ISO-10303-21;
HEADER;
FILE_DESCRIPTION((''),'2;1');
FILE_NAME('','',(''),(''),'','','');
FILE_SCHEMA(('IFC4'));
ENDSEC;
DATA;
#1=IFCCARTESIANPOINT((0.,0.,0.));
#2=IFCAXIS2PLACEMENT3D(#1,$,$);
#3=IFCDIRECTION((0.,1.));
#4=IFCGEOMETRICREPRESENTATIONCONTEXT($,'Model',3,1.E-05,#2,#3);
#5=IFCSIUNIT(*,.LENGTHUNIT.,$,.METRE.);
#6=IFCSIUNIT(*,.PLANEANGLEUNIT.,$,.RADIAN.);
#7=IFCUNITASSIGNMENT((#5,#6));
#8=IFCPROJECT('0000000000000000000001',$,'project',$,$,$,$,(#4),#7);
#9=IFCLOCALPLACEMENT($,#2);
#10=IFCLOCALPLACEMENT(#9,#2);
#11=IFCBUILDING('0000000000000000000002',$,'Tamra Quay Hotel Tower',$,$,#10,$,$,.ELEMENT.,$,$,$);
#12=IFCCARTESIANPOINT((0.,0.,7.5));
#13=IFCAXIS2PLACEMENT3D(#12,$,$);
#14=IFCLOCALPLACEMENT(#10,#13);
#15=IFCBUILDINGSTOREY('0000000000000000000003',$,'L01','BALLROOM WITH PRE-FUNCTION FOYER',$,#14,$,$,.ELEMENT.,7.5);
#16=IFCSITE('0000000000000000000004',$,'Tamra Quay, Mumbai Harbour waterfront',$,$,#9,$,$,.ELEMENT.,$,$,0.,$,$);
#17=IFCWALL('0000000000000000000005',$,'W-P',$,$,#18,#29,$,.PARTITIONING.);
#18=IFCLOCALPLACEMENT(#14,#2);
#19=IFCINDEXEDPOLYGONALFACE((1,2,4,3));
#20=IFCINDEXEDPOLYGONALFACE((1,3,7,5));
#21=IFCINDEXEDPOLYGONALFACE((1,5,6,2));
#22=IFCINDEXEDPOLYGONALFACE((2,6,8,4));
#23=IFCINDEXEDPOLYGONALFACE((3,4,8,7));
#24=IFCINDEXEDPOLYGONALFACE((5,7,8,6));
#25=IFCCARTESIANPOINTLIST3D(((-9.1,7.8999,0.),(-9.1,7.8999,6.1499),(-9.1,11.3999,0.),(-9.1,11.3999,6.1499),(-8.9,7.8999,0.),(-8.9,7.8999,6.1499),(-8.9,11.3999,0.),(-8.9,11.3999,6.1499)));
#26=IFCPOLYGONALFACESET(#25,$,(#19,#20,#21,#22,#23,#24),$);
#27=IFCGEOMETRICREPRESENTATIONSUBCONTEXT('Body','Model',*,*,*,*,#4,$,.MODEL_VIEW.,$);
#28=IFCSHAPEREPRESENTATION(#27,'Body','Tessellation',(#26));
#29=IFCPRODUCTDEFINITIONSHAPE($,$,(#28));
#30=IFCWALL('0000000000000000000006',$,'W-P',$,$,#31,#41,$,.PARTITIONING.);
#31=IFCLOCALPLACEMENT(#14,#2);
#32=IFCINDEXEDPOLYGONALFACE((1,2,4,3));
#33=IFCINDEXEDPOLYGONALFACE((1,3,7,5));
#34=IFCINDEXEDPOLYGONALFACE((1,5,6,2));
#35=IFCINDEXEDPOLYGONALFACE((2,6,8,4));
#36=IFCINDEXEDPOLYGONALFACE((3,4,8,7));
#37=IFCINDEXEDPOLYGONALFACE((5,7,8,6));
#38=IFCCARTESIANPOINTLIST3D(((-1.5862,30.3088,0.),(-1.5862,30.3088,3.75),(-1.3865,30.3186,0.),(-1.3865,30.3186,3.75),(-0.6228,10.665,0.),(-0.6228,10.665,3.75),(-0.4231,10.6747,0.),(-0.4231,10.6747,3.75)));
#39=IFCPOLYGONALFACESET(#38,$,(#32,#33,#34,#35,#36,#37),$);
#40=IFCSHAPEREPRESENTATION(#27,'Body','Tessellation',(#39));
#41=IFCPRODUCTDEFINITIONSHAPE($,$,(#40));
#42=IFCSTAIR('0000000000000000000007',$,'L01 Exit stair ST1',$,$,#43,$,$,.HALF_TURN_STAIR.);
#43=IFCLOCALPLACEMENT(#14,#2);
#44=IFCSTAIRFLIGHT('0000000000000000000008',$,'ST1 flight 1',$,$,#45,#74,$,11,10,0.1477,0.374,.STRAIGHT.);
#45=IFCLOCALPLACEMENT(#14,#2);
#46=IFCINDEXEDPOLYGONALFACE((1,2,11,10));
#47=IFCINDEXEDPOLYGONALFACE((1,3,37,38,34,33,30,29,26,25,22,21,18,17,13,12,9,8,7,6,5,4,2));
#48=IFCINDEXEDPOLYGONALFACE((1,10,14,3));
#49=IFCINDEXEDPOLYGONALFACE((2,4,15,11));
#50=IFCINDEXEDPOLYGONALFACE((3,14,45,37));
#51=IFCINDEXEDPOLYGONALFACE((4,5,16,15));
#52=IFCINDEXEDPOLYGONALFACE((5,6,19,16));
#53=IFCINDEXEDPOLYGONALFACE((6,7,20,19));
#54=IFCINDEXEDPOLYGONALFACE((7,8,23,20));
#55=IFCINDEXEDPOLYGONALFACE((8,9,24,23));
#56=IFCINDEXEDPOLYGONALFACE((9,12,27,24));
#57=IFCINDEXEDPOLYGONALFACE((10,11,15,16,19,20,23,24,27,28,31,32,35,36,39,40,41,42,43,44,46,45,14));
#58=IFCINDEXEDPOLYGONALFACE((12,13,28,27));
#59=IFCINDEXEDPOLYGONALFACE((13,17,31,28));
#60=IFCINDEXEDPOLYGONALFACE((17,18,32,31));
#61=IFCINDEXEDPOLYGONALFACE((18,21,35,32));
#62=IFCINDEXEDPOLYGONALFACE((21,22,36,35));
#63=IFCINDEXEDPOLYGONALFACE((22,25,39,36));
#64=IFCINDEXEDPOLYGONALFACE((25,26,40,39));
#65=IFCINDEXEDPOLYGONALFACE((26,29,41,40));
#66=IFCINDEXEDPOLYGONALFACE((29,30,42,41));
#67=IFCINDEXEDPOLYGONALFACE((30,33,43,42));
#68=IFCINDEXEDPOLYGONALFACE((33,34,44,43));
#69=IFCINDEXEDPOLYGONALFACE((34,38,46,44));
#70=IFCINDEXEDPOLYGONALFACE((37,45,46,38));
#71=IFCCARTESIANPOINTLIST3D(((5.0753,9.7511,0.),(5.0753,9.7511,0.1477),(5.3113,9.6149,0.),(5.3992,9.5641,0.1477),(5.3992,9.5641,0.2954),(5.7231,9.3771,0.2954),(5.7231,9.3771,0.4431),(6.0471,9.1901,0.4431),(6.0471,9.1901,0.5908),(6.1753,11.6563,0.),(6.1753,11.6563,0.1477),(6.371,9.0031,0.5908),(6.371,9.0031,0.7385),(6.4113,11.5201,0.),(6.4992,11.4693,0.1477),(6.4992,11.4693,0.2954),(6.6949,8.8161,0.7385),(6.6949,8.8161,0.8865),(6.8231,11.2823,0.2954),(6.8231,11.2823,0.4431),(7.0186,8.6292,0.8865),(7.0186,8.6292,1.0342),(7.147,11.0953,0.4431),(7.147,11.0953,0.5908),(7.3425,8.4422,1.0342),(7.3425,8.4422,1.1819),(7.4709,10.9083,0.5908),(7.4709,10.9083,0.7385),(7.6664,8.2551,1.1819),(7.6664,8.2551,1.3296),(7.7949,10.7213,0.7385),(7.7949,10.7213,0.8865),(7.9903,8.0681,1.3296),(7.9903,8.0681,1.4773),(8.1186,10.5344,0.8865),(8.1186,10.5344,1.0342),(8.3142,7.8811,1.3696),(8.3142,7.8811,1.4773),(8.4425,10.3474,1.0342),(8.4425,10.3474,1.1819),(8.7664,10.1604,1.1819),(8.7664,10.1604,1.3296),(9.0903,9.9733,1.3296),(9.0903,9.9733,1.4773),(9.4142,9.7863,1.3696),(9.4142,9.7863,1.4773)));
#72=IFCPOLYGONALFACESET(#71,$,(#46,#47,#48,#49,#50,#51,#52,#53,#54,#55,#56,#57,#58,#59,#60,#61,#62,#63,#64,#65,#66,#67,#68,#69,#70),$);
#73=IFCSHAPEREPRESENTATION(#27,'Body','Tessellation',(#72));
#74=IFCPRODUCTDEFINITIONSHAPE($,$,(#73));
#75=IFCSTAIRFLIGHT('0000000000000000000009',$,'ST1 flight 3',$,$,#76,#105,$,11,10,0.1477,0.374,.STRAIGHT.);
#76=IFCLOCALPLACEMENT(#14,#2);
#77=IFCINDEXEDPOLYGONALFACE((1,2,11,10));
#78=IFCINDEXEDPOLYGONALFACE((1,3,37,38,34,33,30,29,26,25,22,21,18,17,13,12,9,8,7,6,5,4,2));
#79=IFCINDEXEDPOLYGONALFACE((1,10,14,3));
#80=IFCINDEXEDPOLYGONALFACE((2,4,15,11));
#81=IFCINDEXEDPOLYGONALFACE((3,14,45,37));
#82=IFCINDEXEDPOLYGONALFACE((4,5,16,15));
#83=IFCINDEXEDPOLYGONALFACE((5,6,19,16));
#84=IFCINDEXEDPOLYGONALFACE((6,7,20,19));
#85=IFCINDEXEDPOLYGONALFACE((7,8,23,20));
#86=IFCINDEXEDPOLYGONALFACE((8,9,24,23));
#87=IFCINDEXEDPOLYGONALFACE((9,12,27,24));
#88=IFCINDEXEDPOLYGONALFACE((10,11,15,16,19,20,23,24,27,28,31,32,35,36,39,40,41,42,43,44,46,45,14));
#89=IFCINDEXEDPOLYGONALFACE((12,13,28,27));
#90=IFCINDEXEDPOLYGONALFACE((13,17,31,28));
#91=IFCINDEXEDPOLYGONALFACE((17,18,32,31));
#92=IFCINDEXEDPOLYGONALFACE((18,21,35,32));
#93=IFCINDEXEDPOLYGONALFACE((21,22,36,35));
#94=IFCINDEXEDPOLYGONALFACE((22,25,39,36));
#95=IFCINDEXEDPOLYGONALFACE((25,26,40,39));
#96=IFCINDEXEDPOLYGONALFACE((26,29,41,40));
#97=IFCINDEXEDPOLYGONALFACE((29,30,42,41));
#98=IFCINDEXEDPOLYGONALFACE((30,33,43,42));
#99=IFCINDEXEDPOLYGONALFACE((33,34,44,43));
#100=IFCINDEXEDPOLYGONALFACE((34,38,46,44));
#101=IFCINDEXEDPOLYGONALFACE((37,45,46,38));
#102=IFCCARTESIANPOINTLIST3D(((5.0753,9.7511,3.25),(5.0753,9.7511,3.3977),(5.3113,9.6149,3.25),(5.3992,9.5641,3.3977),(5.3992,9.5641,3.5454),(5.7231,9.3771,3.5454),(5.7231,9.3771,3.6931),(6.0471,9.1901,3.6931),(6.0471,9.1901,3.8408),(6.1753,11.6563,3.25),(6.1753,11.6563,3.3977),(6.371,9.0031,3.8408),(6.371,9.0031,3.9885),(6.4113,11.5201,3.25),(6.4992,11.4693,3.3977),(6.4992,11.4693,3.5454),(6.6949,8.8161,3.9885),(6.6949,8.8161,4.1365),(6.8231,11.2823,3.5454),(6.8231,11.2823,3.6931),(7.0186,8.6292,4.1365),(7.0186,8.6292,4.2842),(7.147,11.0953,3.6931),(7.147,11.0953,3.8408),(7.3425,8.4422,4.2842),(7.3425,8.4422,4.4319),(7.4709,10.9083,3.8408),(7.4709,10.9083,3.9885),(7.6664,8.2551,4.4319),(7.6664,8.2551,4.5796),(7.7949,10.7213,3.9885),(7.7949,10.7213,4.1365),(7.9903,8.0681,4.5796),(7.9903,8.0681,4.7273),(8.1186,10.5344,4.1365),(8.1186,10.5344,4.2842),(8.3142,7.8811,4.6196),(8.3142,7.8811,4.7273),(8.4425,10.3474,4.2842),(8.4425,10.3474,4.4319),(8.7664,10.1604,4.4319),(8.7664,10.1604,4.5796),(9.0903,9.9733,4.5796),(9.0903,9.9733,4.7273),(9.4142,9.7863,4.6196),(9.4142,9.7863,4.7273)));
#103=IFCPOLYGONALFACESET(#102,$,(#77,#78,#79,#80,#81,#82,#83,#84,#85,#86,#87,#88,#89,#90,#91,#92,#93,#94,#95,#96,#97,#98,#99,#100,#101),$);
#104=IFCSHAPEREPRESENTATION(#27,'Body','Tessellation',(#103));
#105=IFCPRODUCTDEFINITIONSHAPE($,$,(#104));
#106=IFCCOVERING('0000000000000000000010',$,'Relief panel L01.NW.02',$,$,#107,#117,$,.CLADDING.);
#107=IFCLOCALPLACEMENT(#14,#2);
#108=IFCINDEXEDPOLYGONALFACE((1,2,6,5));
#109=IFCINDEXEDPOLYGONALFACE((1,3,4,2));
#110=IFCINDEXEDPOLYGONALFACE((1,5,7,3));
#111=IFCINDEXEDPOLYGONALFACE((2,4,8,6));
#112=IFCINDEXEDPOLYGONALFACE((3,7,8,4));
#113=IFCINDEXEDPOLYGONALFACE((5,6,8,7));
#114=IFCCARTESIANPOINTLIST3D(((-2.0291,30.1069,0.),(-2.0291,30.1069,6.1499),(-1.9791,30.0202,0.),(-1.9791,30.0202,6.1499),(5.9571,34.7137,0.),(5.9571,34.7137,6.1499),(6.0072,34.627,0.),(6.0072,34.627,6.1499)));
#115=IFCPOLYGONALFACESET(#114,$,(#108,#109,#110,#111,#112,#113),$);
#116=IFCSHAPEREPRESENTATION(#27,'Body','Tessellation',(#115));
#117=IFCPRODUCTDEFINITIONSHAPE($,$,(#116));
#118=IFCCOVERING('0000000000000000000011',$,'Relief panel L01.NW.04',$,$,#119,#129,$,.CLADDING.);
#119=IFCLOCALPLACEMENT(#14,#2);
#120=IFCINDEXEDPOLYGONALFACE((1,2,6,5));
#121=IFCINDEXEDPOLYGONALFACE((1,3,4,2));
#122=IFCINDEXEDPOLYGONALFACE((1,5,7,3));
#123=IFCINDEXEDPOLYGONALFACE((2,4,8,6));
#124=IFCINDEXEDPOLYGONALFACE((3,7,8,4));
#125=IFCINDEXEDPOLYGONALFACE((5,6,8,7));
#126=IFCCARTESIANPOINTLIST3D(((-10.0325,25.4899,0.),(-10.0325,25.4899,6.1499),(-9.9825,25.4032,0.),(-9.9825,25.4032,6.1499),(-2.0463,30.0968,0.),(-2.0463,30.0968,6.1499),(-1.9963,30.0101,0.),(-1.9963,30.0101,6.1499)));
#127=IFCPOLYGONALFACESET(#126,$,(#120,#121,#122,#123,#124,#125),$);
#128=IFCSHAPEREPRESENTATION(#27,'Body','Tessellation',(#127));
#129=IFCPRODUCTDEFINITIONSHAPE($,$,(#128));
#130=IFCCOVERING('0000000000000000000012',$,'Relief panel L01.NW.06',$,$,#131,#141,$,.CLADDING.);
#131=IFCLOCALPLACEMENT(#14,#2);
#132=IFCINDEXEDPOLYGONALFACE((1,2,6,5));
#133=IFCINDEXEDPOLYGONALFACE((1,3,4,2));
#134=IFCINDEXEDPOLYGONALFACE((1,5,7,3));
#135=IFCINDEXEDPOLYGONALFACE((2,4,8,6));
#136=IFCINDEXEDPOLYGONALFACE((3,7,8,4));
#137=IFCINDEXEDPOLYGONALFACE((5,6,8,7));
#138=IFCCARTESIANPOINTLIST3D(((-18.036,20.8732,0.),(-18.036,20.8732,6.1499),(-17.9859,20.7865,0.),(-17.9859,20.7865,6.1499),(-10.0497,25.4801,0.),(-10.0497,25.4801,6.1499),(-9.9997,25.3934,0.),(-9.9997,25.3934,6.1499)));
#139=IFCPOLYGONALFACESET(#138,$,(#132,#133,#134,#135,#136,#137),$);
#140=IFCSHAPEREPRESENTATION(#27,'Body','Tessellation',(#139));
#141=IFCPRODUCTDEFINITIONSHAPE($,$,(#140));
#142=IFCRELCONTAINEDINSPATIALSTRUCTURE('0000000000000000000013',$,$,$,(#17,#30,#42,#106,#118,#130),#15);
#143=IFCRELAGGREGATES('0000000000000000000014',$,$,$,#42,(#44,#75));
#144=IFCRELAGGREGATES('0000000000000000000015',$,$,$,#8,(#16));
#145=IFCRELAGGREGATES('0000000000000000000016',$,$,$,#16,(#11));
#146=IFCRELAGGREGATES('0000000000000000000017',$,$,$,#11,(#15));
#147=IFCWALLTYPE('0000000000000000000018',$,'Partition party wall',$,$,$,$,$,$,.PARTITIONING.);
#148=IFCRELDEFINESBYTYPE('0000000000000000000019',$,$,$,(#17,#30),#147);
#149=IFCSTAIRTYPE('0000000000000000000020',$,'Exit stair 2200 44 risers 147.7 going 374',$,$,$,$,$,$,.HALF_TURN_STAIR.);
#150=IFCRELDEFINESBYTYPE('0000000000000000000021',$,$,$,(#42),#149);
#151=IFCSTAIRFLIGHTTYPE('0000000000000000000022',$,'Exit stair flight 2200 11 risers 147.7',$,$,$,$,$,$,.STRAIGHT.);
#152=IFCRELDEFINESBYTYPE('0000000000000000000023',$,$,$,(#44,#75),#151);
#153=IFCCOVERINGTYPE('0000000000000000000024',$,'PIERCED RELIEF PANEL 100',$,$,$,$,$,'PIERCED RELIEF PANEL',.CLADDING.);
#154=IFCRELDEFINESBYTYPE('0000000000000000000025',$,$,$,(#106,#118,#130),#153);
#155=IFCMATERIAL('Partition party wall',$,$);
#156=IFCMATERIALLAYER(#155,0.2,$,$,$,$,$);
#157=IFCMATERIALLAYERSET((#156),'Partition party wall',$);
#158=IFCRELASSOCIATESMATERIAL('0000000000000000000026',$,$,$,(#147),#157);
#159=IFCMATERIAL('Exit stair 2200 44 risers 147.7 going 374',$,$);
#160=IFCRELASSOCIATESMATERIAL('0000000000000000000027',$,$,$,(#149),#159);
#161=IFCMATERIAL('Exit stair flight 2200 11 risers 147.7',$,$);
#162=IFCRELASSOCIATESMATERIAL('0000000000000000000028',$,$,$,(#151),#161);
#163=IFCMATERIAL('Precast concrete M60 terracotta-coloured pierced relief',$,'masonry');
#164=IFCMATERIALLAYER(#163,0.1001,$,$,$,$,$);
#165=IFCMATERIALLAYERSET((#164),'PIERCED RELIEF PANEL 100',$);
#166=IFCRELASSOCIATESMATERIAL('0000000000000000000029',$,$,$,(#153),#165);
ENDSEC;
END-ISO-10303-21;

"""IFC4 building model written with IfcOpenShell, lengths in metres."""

from ifc_helpers import new_model, si_unit, direction, frame, frame_2d, origin, origin_2d, place, context, subcontext, project, spatial, polyline, rectangle, outline, extrude, material, layer, layer_set, type_object, element, aggregate, save


model = new_model("IFC4")

# Units and contexts
model_context = context("Model", 3, precision=1e-05, world=origin(), true_north=direction((0.0, 1.0)))
body_context = subcontext(model_context, "Body", "Model", "MODEL_VIEW")
ifc_project = project(units=[si_unit("LENGTHUNIT", "METRE"), si_unit("PLANEANGLEUNIT", "RADIAN")], contexts=[model_context])

# Site, building, storey
site_placement = place(None, origin())
site = spatial("IfcSite", under=ifc_project, at=site_placement, Name="Tamra Quay, Mumbai Harbour waterfront", CompositionType="ELEMENT", RefElevation=0.0)
building_placement = place(site_placement, origin())
building = spatial("IfcBuilding", under=site, at=building_placement, Name="Tamra Quay Hotel Tower", CompositionType="ELEMENT")
storey_placement = place(building_placement, frame((0.0, 0.0, 7.5)))
storey = spatial("IfcBuildingStorey", under=building, at=storey_placement, Name="L01", Description="BALLROOM WITH PRE-FUNCTION FOYER", CompositionType="ELEMENT", Elevation=7.5)

# Walls
ifc_material_1 = material(Name="Partition party wall")
ifc_layer_1 = layer(ifc_material_1, 0.2)
ifc_layer_set_1 = layer_set([ifc_layer_1], Name="Partition party wall")
wall_type_1 = type_object("IfcWallType", Name="Partition party wall", PredefinedType="PARTITIONING", material=ifc_layer_set_1)
wall_1_placement = place(storey_placement, frame((-9.0, 7.8999, 0.0), z_axis=(0.0, 0.0, 1.0), x_axis=(0.0, 1.0, 0.0)))
element("IfcWall", 1, at=wall_1_placement, inside=storey, type_object=wall_type_1, Name="W-P", PredefinedType="PARTITIONING", context=body_context, shape_type="SweptSolid", body=[
    extrude(rectangle(XDim=3.5, YDim=0.2, at=frame_2d((1.75, 0.0))), origin(), (0.0, 0.0, 1.0), 6.1499),
])
wall_2_placement = place(storey_placement, frame((-1.4863, 30.3137, 0.0), z_axis=(0.0, 0.0, 1.0), x_axis=(0.048984, -0.9988, 0.0)))
element("IfcWall", 2, at=wall_2_placement, inside=storey, type_object=wall_type_1, Name="W-P", PredefinedType="PARTITIONING", context=body_context, shape_type="SweptSolid", body=[
    extrude(rectangle(XDim=19.6675, YDim=0.2, at=frame_2d((9.8337, 0.0))), origin(), (0.0, 0.0, 1.0), 3.75),
])

# Stair, stair flights
ifc_material_2 = material(Name="Exit stair 2200 44 risers 147.7 going 374")
stair_type = type_object("IfcStairType", Name="Exit stair 2200 44 risers 147.7 going 374", PredefinedType="HALF_TURN_STAIR", material=ifc_material_2)
stair_placement = place(storey_placement, origin())
stair = element("IfcStair", 3, at=stair_placement, inside=storey, type_object=stair_type, Name="L01 Exit stair ST1", PredefinedType="HALF_TURN_STAIR")
ifc_material_3 = material(Name="Exit stair flight 2200 11 risers 147.7")
stair_flight_type = type_object("IfcStairFlightType", Name="Exit stair flight 2200 11 risers 147.7", PredefinedType="STRAIGHT", material=ifc_material_3)
stair_flight_1_placement = place(storey_placement, frame((5.6252, 10.7036, 0.0), z_axis=(0.0, 0.0, 1.0), x_axis=(0.866025, -0.5, 0.0)))
stair_flight_1 = element("IfcStairFlight", 4, at=stair_flight_1_placement, type_object=stair_flight_type, Name="ST1 flight 1", NumberOfRisers=11, NumberOfTreads=10, PredefinedType="STRAIGHT", RiserHeight=0.1477, TreadLength=0.374, context=body_context, shape_type="SweptSolid", body=[
    extrude(outline(polyline([(0.0, 0.0), (0.0, 0.1477), (0.374, 0.1477), (0.374, 0.2954), (0.748, 0.2954), (0.748, 0.4431), (1.1221, 0.4431), (1.1221, 0.5908), (1.4961, 0.5908), (1.4961, 0.7385), (1.8701, 0.7385), (1.8701, 0.8865), (2.2439, 0.8865), (2.2439, 1.0342), (2.6179, 1.0342), (2.6179, 1.1819), (2.9919, 1.1819), (2.9919, 1.3296), (3.366, 1.3296), (3.366, 1.4773), (3.74, 1.4773), (3.74, 1.625), (3.74, 1.3696), (0.2725, 0.0), (0.0, 0.0)])), frame((0.0, 1.1001, 0.0), z_axis=(0.0, -1.0, 0.0), x_axis=(1.0, 0.0, 0.0)), (0.0, 0.0, 1.0), 2.2),
])
stair_flight_2_placement = place(storey_placement, frame((5.6252, 10.7036, 3.25), z_axis=(0.0, 0.0, 1.0), x_axis=(0.866025, -0.5, 0.0)))
stair_flight_2 = element("IfcStairFlight", 5, at=stair_flight_2_placement, type_object=stair_flight_type, Name="ST1 flight 3", NumberOfRisers=11, NumberOfTreads=10, PredefinedType="STRAIGHT", RiserHeight=0.1477, TreadLength=0.374, context=body_context, shape_type="SweptSolid", body=[
    extrude(outline(polyline([(0.0, 0.0), (0.0, 0.1477), (0.374, 0.1477), (0.374, 0.2954), (0.748, 0.2954), (0.748, 0.4431), (1.1221, 0.4431), (1.1221, 0.5908), (1.4961, 0.5908), (1.4961, 0.7385), (1.8701, 0.7385), (1.8701, 0.8865), (2.2439, 0.8865), (2.2439, 1.0342), (2.6179, 1.0342), (2.6179, 1.1819), (2.9919, 1.1819), (2.9919, 1.3296), (3.366, 1.3296), (3.366, 1.4773), (3.74, 1.4773), (3.74, 1.625), (3.74, 1.3696), (0.2725, 0.0), (0.0, 0.0)])), frame((0.0, 1.1001, 0.0), z_axis=(0.0, -1.0, 0.0), x_axis=(1.0, 0.0, 0.0)), (0.0, 0.0, 1.0), 2.2),
])
aggregate(stair, [stair_flight_1, stair_flight_2])

# Coverings
ifc_material_4 = material(Name="Precast concrete M60 terracotta-coloured pierced relief", Category="masonry")
ifc_layer_2 = layer(ifc_material_4, 0.1001)
ifc_layer_set_2 = layer_set([ifc_layer_2], Name="PIERCED RELIEF PANEL 100")
covering_type = type_object("IfcCoveringType", Name="PIERCED RELIEF PANEL 100", ElementType="PIERCED RELIEF PANEL", PredefinedType="CLADDING", material=ifc_layer_set_2)
for number, where, z_axis, x_axis, name in (
    (6, (1.989, 32.3669, 0.0), (0.0, 0.0, 1.0), (-0.866215, -0.499672, 0.0), "Relief panel L01.NW.02"),
    (7, (-6.0144, 27.75, 0.0), (0.0, 0.0, 1.0), (-0.866215, -0.499672, 0.0), "Relief panel L01.NW.04"),
    (8, (-14.0178, 23.1333, 0.0), (0.0, 0.0, 1.0), (-0.866215, -0.499672, 0.0), "Relief panel L01.NW.06"),
):
    element("IfcCovering", number, at=place(storey_placement, frame(where, z_axis=z_axis, x_axis=x_axis)), inside=storey, type_object=covering_type, Name=name, PredefinedType="CLADDING", context=body_context, shape_type="SweptSolid", body=[
        extrude(rectangle(XDim=9.2197, YDim=0.1001, at=origin_2d()), origin(), (0.0, 0.0, 1.0), 6.1499),
    ])

save(model, "model.ifc")
